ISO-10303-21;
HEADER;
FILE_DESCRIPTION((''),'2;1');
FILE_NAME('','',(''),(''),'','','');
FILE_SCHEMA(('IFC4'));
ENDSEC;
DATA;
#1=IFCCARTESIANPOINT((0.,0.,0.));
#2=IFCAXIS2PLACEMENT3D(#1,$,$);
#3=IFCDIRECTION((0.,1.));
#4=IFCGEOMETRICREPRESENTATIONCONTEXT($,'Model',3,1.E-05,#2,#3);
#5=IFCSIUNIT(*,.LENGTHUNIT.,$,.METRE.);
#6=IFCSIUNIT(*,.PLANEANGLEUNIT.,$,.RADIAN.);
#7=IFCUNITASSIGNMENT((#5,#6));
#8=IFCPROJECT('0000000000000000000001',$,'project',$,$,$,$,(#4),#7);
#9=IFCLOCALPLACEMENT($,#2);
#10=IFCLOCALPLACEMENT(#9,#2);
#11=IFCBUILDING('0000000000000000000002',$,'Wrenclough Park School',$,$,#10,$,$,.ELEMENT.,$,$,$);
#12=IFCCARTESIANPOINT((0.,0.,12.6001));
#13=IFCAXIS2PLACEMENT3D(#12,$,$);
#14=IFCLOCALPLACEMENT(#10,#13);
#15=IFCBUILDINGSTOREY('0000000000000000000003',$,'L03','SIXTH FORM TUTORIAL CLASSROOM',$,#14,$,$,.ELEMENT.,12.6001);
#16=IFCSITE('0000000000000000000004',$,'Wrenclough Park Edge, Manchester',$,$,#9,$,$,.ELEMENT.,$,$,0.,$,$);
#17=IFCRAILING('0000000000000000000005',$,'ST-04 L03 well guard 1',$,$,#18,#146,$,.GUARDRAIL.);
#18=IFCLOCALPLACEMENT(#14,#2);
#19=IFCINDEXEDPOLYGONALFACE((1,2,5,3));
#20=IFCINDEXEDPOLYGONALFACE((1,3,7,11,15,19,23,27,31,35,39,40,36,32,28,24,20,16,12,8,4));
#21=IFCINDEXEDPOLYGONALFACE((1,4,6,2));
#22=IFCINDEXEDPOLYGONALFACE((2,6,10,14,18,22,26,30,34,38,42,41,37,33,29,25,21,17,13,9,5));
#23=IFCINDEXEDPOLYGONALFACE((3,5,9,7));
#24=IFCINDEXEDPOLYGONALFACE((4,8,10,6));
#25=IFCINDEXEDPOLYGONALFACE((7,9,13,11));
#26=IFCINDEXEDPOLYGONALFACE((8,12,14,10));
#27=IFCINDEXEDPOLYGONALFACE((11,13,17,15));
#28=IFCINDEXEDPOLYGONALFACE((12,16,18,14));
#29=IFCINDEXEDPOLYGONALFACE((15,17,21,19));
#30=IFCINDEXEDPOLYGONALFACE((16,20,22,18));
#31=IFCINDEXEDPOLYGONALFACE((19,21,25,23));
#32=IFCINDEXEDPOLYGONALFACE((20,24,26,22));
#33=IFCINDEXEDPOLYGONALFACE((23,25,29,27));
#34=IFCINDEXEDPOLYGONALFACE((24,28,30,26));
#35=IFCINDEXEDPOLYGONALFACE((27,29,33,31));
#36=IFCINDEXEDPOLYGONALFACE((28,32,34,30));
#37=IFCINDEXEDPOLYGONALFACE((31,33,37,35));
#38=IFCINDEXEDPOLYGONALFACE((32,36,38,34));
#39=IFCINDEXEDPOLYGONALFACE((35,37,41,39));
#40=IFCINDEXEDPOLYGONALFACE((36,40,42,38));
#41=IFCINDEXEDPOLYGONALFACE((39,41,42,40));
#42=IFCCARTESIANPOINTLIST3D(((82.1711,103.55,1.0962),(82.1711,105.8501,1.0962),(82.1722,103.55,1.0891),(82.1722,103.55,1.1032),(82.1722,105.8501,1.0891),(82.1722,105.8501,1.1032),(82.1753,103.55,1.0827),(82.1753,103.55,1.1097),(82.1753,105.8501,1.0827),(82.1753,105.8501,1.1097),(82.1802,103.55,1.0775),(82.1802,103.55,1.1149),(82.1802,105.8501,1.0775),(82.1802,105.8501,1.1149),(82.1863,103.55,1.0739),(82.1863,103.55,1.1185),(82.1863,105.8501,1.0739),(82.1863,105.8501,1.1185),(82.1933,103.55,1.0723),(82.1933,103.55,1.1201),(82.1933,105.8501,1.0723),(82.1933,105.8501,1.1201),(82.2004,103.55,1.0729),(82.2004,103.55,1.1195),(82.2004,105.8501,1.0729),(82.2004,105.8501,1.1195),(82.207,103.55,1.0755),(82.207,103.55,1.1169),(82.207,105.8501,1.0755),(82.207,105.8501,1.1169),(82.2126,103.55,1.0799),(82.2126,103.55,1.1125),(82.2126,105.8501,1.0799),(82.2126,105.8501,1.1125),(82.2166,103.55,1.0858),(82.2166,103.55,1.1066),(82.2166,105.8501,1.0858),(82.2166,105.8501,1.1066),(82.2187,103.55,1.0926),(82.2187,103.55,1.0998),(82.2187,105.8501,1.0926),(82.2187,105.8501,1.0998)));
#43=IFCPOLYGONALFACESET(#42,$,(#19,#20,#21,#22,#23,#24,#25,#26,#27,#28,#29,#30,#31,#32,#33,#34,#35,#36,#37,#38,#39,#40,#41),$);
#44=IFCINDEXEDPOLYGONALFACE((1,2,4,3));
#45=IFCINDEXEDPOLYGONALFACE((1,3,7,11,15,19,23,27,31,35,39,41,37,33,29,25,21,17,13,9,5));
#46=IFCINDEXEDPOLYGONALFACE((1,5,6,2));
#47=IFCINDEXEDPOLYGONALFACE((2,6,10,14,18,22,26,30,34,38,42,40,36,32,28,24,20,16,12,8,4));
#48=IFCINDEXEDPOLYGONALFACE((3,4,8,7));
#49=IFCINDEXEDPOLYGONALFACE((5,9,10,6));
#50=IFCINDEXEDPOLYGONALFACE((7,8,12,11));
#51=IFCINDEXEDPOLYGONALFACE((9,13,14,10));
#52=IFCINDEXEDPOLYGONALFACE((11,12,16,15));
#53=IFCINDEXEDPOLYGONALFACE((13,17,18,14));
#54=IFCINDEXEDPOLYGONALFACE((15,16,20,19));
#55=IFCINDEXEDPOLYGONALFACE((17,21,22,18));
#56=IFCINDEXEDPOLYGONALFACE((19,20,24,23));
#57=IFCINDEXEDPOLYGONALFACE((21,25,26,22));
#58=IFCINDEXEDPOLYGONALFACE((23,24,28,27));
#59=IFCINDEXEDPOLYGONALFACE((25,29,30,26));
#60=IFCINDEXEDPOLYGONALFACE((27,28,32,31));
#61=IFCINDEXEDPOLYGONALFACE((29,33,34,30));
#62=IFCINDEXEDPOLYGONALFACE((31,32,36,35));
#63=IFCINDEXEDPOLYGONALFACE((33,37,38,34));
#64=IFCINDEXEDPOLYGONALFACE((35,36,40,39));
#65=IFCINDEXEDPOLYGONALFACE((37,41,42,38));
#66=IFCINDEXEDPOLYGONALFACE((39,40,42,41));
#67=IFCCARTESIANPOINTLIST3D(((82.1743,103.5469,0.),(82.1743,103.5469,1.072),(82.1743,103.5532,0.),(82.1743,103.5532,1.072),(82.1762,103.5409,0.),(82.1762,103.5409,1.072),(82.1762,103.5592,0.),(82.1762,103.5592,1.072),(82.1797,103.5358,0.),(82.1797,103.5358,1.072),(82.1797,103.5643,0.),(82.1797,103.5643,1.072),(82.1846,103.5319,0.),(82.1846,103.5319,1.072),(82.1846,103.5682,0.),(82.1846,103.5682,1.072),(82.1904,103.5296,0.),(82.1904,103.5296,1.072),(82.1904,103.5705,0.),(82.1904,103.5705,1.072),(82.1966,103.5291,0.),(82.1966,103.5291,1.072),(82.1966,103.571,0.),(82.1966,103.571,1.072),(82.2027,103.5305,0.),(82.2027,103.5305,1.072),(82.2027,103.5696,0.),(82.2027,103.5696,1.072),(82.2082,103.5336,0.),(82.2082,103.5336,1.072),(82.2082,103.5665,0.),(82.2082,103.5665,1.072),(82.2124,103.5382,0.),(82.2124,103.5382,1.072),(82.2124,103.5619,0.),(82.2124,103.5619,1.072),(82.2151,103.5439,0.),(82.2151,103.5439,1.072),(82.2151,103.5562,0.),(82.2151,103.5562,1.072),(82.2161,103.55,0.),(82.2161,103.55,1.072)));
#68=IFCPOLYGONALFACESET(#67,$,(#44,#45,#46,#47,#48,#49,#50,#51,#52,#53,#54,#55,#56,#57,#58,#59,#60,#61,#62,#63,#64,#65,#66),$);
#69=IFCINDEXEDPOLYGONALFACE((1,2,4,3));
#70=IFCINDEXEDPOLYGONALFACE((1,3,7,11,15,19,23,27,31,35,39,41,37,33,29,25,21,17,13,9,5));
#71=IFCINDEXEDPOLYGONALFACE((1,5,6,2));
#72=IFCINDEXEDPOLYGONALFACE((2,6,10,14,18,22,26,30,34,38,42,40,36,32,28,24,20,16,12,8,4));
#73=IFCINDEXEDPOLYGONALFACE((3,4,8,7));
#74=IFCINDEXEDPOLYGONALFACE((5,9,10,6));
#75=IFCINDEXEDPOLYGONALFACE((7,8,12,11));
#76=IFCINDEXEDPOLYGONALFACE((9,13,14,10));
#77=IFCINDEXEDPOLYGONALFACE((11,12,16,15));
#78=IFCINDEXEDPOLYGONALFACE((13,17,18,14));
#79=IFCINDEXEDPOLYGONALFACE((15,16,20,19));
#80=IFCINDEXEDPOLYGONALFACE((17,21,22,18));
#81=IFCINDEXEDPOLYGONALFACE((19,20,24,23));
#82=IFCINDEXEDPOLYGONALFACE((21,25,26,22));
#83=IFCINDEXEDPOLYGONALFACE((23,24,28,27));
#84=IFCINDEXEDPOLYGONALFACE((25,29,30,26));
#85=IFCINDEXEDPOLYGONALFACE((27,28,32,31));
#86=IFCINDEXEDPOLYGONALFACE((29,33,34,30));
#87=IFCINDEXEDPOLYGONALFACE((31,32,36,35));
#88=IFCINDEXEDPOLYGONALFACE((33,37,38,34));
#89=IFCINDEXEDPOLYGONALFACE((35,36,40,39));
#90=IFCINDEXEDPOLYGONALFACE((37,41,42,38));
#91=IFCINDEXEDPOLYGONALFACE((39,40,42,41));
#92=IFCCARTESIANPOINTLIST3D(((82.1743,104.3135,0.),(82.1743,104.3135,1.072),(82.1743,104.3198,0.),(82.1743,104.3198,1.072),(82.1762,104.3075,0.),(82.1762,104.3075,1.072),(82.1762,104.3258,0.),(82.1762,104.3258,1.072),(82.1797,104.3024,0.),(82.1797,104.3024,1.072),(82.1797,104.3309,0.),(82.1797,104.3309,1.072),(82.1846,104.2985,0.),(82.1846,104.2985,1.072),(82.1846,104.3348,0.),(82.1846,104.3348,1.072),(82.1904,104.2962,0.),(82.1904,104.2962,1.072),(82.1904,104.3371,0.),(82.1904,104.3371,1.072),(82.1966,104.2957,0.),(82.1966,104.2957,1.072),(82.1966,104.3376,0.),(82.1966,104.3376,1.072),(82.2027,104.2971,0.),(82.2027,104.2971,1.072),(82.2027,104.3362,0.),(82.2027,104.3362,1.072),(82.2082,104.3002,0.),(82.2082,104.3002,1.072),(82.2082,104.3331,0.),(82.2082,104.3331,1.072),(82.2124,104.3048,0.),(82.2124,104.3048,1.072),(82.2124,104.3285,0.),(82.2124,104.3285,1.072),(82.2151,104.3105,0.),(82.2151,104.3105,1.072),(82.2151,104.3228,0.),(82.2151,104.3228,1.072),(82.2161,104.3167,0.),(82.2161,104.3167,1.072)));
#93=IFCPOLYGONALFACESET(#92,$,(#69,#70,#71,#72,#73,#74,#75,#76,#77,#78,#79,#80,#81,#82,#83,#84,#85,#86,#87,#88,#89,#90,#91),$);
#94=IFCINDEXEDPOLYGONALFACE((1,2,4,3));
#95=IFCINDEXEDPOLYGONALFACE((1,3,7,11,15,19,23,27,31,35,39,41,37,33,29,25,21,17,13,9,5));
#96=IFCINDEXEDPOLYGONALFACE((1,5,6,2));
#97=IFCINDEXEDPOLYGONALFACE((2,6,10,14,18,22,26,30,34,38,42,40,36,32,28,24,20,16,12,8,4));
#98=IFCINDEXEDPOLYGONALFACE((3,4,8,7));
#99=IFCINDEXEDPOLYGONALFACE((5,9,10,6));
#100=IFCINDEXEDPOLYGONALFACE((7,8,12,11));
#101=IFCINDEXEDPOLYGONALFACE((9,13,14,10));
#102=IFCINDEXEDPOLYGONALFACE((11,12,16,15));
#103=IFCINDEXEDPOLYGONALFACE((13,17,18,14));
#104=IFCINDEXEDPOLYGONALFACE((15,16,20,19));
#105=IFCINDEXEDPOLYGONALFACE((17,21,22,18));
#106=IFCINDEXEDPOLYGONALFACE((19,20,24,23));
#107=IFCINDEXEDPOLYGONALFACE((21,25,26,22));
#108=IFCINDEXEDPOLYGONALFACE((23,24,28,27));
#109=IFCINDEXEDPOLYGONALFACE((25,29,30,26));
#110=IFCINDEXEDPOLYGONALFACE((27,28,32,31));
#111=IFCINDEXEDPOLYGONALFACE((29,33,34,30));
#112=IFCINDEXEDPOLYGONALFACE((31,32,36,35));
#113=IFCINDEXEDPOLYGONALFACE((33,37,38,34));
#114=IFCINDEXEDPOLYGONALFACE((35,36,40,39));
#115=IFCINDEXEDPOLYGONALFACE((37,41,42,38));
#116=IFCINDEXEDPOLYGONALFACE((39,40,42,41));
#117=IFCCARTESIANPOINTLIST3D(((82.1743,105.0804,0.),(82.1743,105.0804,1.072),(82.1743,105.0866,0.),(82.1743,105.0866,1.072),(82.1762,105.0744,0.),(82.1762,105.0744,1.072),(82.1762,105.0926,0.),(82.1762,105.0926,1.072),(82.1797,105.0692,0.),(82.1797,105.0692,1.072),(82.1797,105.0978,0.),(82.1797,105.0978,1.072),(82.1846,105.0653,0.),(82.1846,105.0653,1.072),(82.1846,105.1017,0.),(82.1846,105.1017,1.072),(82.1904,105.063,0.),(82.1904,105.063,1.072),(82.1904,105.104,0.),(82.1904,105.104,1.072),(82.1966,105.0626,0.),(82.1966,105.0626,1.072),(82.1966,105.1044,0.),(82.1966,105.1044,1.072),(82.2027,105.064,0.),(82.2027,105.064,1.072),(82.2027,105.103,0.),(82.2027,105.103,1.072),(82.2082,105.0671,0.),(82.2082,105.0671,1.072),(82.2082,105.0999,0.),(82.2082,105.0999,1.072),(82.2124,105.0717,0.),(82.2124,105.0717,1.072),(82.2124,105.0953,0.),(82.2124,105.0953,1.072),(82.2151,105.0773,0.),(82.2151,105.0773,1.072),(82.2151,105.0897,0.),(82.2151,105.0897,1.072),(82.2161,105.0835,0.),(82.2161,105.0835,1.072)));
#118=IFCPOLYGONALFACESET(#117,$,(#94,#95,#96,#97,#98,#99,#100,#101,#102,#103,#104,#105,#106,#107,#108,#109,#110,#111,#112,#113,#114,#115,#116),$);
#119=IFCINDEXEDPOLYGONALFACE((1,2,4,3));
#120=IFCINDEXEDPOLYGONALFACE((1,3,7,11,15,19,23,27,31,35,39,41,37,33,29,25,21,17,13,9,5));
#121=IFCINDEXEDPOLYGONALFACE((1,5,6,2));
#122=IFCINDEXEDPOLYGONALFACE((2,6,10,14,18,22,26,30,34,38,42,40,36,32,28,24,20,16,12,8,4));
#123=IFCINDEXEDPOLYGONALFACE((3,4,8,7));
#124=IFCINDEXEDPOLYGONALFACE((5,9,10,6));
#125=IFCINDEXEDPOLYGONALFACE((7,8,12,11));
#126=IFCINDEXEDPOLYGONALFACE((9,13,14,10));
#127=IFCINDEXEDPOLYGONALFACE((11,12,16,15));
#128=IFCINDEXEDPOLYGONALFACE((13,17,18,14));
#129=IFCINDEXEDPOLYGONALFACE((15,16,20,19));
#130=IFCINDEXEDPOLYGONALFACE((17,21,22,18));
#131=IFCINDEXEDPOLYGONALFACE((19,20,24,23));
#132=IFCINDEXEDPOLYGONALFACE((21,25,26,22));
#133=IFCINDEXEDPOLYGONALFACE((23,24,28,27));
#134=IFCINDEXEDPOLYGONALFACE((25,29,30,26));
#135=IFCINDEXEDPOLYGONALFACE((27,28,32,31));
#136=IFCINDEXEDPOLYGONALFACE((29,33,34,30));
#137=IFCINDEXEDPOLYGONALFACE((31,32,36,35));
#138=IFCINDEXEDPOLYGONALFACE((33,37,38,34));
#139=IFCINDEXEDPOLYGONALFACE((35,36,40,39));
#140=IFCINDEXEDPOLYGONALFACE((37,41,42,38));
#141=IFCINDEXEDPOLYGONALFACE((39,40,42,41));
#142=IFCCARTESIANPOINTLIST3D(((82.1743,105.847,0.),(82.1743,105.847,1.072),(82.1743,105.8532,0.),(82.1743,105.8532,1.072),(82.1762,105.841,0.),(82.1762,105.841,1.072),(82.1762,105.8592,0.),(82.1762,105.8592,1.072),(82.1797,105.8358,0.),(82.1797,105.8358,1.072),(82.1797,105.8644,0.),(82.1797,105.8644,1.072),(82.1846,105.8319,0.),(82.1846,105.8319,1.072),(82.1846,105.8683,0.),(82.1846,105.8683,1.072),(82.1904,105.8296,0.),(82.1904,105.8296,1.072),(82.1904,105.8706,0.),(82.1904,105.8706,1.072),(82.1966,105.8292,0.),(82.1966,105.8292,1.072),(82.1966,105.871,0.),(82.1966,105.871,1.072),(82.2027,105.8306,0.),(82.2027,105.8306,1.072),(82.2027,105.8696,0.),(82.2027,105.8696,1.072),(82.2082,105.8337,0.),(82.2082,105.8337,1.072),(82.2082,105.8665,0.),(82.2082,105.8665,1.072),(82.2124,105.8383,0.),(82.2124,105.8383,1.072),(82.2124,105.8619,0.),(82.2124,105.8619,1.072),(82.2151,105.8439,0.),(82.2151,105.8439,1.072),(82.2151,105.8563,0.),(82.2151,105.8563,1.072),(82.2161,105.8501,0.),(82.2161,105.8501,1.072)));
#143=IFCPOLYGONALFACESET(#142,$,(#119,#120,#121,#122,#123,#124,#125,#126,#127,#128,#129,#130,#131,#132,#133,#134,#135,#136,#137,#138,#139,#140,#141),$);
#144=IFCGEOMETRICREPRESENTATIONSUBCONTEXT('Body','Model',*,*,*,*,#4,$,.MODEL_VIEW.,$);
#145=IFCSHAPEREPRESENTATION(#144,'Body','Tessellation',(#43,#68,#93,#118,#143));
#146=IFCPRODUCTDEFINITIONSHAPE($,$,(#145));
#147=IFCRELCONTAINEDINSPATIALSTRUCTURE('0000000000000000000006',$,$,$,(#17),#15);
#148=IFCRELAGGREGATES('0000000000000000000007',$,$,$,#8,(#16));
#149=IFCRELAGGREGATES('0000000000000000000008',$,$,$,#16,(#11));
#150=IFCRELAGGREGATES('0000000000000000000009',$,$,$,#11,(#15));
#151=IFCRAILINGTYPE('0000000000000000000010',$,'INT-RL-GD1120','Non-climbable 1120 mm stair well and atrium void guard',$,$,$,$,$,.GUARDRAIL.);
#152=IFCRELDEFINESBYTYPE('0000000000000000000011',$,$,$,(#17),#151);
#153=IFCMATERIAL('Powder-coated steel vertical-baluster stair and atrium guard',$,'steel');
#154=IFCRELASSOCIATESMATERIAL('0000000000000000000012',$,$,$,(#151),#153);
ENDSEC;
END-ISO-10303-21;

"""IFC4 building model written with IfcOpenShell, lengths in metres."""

from ifc_helpers import new_model, si_unit, direction, frame, origin, origin_2d, place, context, subcontext, project, spatial, circle, extrude, material, type_object, element, save


model = new_model("IFC4")

# Units and contexts
model_context = context("Model", 3, precision=1e-05, world=origin(), true_north=direction((0.0, 1.0)))
body_context = subcontext(model_context, "Body", "Model", "MODEL_VIEW")
ifc_project = project(units=[si_unit("LENGTHUNIT", "METRE"), si_unit("PLANEANGLEUNIT", "RADIAN")], contexts=[model_context])

# Site, building, storey
site_placement = place(None, origin())
site = spatial("IfcSite", under=ifc_project, at=site_placement, Name="Wrenclough Park Edge, Manchester", CompositionType="ELEMENT", RefElevation=0.0)
building_placement = place(site_placement, origin())
building = spatial("IfcBuilding", under=site, at=building_placement, Name="Wrenclough Park School", CompositionType="ELEMENT")
storey_placement = place(building_placement, frame((0.0, 0.0, 12.6001)))
storey = spatial("IfcBuildingStorey", under=building, at=storey_placement, Name="L03", Description="SIXTH FORM TUTORIAL CLASSROOM", CompositionType="ELEMENT", Elevation=12.6001)

# Railing
ifc_material_1 = material(Name="Powder-coated steel vertical-baluster stair and atrium guard", Category="steel")
railing_type_1 = type_object("IfcRailingType", Name="INT-RL-GD1120", Description="Non-climbable 1120 mm stair well and atrium void guard", PredefinedType="GUARDRAIL", material=ifc_material_1)
railing_1_placement = place(storey_placement, frame((82.1951, 103.55, 0.0)))
element("IfcRailing", 1, at=railing_1_placement, inside=storey, type_object=railing_type_1, Name="ST-04 L03 well guard 1", PredefinedType="GUARDRAIL", context=body_context, shape_type="SweptSolid", body=[
    extrude(circle(Radius=0.0239, at=origin_2d()), frame((0.0, 0.0, 1.0962), z_axis=(0.0, 1.0, 0.0), x_axis=(-1.0, 0.0, 0.0)), (0.0, 0.0, 1.0), 2.3),
    extrude(circle(Radius=0.021, at=origin_2d()), origin(), (0.0, 0.0, 1.0), 1.072),
    extrude(circle(Radius=0.021, at=origin_2d()), frame((0.0, 0.7666, 0.0)), (0.0, 0.0, 1.0), 1.072),
    extrude(circle(Radius=0.021, at=origin_2d()), frame((0.0, 1.5334, 0.0)), (0.0, 0.0, 1.0), 1.072),
    extrude(circle(Radius=0.021, at=origin_2d()), frame((0.0, 2.3, 0.0)), (0.0, 0.0, 1.0), 1.072),
])

save(model, "model.ifc")
